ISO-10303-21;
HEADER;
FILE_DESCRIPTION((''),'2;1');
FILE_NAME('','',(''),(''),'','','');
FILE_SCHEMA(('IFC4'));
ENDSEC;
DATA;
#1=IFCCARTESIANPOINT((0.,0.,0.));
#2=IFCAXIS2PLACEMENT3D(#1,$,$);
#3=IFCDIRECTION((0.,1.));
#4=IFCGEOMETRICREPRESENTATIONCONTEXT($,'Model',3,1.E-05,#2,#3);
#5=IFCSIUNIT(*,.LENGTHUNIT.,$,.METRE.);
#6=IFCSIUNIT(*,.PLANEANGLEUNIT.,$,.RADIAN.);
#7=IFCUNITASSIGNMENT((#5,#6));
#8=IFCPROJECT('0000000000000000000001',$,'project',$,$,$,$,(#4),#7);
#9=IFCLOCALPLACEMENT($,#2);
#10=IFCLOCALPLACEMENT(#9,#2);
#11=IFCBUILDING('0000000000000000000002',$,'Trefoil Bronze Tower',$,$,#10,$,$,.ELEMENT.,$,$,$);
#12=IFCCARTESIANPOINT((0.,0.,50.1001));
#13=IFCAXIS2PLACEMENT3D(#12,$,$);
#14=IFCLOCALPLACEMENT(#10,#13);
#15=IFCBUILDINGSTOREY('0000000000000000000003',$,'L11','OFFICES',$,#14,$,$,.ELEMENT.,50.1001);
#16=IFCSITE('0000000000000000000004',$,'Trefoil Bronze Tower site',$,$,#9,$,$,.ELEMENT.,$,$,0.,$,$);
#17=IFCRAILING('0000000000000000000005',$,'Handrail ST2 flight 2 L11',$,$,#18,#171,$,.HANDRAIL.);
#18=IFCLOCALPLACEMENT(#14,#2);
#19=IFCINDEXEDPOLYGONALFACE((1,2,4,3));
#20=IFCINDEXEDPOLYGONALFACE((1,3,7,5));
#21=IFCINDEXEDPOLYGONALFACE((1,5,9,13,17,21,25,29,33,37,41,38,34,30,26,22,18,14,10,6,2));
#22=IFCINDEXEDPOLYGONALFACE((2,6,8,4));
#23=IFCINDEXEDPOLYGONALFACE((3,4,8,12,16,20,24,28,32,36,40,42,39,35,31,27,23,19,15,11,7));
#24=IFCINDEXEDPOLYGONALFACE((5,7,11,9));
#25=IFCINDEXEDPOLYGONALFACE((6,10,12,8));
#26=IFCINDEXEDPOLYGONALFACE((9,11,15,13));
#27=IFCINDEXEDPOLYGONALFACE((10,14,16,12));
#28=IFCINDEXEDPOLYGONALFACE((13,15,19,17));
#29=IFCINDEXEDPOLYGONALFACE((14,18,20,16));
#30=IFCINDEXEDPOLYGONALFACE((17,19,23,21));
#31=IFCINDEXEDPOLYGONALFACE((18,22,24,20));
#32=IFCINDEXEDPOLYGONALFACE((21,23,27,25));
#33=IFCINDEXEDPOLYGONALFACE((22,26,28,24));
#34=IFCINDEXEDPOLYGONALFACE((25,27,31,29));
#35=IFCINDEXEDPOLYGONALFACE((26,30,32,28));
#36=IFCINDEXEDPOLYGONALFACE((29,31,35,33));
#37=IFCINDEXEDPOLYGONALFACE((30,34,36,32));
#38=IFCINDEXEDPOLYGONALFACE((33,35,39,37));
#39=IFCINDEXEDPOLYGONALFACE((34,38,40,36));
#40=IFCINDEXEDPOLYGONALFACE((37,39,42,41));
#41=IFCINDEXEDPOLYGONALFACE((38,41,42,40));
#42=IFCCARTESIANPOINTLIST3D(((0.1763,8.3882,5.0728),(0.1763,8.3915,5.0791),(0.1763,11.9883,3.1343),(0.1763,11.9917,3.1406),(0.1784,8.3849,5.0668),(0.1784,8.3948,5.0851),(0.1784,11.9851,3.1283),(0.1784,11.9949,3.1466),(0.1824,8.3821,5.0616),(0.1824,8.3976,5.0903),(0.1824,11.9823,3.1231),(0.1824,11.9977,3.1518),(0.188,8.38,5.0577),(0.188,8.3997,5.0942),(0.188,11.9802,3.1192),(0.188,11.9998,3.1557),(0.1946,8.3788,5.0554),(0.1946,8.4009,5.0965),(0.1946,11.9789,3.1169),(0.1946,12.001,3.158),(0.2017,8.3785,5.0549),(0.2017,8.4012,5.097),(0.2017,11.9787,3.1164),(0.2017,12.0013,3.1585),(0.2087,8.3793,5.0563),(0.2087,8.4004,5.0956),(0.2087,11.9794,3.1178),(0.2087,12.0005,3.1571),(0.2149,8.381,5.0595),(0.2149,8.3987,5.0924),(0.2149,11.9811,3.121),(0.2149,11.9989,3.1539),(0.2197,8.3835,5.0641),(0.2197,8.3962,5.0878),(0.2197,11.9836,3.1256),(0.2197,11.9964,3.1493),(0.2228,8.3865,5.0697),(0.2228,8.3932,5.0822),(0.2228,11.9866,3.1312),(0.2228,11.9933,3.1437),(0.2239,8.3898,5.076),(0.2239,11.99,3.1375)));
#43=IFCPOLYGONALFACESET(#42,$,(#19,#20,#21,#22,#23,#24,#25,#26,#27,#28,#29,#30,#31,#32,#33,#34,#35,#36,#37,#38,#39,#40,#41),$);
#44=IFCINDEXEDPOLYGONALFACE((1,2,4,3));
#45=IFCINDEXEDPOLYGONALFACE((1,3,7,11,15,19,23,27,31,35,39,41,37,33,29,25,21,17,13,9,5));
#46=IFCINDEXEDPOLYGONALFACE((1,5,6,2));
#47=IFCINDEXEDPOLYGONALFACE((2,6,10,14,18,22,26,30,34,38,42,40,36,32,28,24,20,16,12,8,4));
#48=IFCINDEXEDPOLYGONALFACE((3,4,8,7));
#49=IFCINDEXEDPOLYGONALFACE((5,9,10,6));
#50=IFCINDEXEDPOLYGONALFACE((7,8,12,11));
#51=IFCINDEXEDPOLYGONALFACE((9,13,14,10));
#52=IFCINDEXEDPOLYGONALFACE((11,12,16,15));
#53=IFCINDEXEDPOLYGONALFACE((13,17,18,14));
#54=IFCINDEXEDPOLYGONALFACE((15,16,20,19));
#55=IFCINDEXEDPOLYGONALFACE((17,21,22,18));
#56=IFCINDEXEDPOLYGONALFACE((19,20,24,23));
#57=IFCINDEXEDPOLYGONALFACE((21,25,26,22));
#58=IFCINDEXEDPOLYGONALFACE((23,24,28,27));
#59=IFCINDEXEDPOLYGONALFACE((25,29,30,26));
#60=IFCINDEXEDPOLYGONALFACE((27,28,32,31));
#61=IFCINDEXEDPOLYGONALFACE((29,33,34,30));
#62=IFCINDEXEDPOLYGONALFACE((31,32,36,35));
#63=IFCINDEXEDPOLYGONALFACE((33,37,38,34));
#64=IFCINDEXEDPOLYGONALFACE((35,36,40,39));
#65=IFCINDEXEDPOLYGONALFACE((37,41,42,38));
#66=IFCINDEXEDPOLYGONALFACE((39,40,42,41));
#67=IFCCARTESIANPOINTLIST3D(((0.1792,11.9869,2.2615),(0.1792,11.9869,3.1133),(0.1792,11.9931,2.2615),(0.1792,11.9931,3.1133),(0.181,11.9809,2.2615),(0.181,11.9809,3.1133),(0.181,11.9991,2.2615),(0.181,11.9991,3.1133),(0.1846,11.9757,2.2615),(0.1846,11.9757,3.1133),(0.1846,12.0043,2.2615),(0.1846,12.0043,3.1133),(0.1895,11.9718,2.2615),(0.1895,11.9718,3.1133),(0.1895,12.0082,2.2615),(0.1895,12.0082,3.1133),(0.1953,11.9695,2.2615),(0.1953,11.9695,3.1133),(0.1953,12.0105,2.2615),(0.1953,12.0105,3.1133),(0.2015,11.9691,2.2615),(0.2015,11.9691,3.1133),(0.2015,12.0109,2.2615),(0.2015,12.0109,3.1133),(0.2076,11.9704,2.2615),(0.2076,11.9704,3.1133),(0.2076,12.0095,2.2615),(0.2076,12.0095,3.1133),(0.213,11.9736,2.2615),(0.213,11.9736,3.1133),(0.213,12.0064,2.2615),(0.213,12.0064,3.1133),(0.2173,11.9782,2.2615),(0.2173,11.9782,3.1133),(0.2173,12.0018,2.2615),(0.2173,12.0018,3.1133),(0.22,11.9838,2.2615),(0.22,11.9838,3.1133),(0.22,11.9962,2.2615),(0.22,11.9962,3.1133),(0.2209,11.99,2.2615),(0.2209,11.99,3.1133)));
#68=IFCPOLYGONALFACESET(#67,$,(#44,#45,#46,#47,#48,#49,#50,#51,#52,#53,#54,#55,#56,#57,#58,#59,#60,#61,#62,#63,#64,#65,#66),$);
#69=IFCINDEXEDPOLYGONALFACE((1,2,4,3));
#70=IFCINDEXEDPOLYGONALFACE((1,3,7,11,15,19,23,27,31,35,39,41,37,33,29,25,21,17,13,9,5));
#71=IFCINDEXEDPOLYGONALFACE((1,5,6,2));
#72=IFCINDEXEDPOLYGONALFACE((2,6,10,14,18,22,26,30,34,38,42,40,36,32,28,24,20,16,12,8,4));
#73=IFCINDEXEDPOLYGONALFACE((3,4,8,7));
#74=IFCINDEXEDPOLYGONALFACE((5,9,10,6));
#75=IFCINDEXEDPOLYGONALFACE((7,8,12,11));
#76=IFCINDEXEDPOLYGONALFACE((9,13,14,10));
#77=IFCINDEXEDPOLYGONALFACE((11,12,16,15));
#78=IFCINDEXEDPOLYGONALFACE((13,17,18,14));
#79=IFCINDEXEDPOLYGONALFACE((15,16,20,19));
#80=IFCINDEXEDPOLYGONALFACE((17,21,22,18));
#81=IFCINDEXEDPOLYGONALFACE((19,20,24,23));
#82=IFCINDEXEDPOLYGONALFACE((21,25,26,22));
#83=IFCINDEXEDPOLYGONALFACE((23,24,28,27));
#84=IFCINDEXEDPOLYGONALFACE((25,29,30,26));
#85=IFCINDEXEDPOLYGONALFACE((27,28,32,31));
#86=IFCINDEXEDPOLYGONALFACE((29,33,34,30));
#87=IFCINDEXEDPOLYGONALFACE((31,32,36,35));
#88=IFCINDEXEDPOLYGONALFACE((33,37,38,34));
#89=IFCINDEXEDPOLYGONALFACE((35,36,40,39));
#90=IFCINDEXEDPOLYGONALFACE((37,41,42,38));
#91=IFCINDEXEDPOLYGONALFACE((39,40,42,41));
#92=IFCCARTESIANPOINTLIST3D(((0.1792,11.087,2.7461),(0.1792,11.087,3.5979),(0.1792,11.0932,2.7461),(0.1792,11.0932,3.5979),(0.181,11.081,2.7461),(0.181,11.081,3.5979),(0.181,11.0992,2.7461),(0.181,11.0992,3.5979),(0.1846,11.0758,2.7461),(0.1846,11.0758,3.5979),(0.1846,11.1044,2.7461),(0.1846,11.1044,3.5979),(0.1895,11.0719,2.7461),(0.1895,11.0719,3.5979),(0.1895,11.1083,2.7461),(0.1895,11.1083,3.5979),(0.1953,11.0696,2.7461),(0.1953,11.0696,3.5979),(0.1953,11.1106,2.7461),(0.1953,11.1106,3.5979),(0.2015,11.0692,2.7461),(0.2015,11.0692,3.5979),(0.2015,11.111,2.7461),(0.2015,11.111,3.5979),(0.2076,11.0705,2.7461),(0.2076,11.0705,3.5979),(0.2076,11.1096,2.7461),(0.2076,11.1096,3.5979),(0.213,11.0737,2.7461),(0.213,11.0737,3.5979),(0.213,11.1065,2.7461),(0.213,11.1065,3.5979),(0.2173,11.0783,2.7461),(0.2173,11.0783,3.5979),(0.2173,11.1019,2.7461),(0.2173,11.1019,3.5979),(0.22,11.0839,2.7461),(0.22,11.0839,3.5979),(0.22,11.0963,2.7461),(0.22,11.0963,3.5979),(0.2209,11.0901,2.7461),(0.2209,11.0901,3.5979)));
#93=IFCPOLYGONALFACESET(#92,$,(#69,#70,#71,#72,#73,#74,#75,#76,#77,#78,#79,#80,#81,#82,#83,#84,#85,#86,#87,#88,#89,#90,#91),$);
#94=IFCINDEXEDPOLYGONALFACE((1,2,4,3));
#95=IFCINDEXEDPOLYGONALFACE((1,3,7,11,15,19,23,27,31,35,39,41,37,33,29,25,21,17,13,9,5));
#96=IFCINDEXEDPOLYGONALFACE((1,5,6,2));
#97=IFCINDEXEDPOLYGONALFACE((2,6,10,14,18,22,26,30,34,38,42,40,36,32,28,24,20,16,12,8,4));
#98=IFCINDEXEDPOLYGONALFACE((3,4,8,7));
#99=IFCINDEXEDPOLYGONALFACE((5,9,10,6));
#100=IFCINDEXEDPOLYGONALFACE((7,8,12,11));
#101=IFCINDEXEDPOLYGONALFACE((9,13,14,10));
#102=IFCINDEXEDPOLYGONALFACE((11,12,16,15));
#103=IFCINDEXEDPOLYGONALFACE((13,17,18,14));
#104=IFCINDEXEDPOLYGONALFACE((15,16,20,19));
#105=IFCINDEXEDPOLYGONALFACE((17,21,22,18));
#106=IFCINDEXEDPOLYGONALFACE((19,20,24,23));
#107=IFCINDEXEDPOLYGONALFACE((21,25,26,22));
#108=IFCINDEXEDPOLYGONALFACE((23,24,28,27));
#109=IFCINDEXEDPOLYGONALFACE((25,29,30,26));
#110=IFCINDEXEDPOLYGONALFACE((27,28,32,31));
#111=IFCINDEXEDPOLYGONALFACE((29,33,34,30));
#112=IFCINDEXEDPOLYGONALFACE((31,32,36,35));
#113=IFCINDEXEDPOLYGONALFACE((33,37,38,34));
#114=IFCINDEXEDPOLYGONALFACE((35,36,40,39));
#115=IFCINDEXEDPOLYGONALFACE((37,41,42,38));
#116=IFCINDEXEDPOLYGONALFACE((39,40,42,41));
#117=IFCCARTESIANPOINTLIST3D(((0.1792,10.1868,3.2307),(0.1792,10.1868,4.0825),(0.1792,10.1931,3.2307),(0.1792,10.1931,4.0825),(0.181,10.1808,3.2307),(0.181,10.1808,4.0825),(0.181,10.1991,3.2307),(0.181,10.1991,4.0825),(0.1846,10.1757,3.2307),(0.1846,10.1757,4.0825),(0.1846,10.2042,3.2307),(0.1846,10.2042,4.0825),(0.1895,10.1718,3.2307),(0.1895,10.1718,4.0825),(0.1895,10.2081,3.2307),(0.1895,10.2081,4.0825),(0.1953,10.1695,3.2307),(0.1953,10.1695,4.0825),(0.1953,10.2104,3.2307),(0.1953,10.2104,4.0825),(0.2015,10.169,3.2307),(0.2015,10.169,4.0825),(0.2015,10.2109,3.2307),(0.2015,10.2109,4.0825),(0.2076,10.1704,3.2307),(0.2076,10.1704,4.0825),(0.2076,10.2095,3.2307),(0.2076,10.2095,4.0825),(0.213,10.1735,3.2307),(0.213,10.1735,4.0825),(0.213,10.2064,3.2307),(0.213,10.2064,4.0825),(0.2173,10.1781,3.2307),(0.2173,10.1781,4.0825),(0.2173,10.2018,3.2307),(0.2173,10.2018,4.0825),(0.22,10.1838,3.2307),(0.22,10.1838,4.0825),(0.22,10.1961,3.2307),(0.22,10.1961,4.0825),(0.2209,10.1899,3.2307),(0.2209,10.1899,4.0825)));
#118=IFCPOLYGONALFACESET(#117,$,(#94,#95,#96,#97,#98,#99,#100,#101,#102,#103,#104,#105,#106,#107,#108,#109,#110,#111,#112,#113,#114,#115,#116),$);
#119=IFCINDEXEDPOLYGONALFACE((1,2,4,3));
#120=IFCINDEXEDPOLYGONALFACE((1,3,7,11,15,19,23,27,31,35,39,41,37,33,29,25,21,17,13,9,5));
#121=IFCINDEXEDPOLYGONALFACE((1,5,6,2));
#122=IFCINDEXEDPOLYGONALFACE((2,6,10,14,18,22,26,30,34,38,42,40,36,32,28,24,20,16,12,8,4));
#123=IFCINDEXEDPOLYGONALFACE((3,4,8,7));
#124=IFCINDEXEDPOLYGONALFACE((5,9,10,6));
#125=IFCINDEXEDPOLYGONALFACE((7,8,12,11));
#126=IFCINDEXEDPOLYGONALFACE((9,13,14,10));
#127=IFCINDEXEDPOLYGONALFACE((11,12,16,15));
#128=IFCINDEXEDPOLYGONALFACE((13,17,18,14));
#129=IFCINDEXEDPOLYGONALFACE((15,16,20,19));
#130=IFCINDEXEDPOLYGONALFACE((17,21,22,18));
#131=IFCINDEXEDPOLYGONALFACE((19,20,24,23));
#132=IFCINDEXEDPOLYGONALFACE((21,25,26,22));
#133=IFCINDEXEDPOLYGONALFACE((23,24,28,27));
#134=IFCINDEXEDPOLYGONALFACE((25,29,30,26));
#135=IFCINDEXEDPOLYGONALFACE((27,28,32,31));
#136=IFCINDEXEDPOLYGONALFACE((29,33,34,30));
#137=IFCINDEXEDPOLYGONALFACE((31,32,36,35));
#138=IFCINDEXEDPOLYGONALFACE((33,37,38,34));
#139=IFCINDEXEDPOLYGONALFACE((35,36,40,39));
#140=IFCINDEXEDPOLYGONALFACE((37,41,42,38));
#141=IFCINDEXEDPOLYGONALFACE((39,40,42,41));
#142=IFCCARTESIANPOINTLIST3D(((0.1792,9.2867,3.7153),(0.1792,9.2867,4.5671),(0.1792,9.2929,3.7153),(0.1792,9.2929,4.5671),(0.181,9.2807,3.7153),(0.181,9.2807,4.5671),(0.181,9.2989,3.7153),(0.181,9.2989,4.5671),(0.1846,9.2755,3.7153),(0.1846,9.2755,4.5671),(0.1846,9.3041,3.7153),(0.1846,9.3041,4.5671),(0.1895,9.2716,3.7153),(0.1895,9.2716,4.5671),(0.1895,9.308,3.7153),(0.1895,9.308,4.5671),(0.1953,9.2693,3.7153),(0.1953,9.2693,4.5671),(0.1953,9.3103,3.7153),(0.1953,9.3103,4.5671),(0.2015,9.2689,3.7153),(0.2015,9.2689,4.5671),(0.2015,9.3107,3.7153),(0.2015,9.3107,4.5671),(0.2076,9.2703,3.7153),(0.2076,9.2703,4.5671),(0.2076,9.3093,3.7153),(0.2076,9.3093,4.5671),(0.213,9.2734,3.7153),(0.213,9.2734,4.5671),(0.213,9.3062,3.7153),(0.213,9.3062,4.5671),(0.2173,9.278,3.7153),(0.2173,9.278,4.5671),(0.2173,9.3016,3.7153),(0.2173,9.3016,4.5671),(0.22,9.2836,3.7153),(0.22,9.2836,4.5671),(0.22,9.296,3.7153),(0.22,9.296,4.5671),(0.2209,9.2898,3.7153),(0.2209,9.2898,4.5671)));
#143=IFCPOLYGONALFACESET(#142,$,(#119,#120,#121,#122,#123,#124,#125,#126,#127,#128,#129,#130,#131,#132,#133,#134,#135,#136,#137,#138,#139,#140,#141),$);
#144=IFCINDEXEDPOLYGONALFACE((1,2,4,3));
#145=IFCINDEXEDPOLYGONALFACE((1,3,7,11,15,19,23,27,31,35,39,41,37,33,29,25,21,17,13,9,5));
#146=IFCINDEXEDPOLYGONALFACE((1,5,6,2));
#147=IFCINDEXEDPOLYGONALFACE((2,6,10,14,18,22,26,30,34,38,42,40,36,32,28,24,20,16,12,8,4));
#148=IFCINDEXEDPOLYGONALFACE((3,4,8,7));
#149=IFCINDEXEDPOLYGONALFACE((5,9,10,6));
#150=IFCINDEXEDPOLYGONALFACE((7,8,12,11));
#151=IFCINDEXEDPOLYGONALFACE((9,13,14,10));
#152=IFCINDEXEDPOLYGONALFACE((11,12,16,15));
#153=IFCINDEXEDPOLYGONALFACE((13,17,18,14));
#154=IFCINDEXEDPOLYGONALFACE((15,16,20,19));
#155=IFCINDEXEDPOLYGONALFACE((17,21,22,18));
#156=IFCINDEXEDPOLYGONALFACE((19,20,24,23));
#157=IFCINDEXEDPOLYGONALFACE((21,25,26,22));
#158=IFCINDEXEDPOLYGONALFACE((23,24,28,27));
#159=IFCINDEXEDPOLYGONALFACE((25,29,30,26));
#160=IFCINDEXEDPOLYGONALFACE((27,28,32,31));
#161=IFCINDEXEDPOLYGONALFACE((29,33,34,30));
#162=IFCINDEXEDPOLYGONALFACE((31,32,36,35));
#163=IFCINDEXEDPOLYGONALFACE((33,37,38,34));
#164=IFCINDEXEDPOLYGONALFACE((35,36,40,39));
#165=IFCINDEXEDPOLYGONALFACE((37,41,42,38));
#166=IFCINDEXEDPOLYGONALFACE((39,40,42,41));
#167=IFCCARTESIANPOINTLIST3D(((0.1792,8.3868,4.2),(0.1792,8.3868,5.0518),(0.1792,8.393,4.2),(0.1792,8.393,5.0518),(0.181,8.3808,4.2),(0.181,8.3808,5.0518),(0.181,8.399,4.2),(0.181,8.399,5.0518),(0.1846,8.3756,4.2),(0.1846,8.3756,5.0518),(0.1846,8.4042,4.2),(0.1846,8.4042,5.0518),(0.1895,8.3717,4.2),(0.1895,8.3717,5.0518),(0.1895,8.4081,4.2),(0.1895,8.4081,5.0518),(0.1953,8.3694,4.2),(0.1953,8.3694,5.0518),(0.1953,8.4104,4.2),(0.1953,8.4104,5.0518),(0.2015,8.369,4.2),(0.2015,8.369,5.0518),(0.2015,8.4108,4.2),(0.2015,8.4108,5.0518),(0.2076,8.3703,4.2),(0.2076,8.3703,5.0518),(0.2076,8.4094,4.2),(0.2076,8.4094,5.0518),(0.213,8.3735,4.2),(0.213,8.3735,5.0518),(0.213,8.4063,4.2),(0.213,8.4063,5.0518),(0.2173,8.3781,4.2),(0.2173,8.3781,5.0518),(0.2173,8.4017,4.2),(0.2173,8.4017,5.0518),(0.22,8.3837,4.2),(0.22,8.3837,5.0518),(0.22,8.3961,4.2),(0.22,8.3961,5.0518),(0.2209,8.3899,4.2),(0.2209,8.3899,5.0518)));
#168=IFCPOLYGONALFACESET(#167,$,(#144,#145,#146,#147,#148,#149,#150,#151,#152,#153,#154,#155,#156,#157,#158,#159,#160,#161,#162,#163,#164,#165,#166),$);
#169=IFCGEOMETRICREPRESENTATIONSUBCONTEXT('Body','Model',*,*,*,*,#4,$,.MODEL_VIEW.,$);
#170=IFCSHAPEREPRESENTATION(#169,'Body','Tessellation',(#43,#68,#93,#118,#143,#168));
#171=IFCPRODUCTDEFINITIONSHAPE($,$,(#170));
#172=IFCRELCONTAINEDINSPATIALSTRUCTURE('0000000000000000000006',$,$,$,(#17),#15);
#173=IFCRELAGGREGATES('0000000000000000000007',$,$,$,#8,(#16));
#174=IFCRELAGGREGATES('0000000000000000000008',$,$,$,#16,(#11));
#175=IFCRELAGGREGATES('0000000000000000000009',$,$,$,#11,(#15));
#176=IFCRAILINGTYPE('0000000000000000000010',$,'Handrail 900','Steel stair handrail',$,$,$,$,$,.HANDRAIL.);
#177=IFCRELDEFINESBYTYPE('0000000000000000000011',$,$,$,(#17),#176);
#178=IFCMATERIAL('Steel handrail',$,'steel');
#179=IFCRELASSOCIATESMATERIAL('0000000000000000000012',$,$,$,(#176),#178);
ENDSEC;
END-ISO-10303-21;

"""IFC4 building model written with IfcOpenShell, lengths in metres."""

from ifc_helpers import new_model, si_unit, direction, frame, origin, origin_2d, place, context, subcontext, project, spatial, circle, extrude, material, type_object, element, save


model = new_model("IFC4")

# Units and contexts
model_context = context("Model", 3, precision=1e-05, world=origin(), true_north=direction((0.0, 1.0)))
body_context = subcontext(model_context, "Body", "Model", "MODEL_VIEW")
ifc_project = project(units=[si_unit("LENGTHUNIT", "METRE"), si_unit("PLANEANGLEUNIT", "RADIAN")], contexts=[model_context])

# Site, building, storey
site_placement = place(None, origin())
site = spatial("IfcSite", under=ifc_project, at=site_placement, Name="Trefoil Bronze Tower site", CompositionType="ELEMENT", RefElevation=0.0)
building_placement = place(site_placement, origin())
building = spatial("IfcBuilding", under=site, at=building_placement, Name="Trefoil Bronze Tower", CompositionType="ELEMENT")
storey_placement = place(building_placement, frame((0.0, 0.0, 50.1001)))
storey = spatial("IfcBuildingStorey", under=building, at=storey_placement, Name="L11", Description="OFFICES", CompositionType="ELEMENT", Elevation=50.1001)

# Railing
ifc_material_1 = material(Name="Steel handrail", Category="steel")
railing_type = type_object("IfcRailingType", Name="Handrail 900", Description="Steel stair handrail", PredefinedType="HANDRAIL", material=ifc_material_1)
railing_placement = place(storey_placement, frame((0.2, 11.99, 2.2615)))
element("IfcRailing", 1, at=railing_placement, inside=storey, type_object=railing_type, Name="Handrail ST2 flight 2 L11", PredefinedType="HANDRAIL", context=body_context, shape_type="SweptSolid", body=[
    extrude(circle(Radius=0.0239, at=origin_2d()), frame((0.0, 0.0, 0.876), z_axis=(0.0, -0.880475, 0.474093), x_axis=(1.0, 0.0, 0.0)), (0.0, 0.0, 1.0), 4.0889),
    extrude(circle(Radius=0.021, at=origin_2d()), origin(), (0.0, 0.0, 1.0), 0.8518),
    extrude(circle(Radius=0.021, at=origin_2d()), frame((0.0, -0.8999, 0.4846)), (0.0, 0.0, 1.0), 0.8518),
    extrude(circle(Radius=0.021, at=origin_2d()), frame((0.0, -1.8, 0.9692)), (0.0, 0.0, 1.0), 0.8518),
    extrude(circle(Radius=0.021, at=origin_2d()), frame((0.0, -2.7002, 1.4539)), (0.0, 0.0, 1.0), 0.8518),
    extrude(circle(Radius=0.021, at=origin_2d()), frame((0.0, -3.6001, 1.9385)), (0.0, 0.0, 1.0), 0.8518),
])

save(model, "model.ifc")
